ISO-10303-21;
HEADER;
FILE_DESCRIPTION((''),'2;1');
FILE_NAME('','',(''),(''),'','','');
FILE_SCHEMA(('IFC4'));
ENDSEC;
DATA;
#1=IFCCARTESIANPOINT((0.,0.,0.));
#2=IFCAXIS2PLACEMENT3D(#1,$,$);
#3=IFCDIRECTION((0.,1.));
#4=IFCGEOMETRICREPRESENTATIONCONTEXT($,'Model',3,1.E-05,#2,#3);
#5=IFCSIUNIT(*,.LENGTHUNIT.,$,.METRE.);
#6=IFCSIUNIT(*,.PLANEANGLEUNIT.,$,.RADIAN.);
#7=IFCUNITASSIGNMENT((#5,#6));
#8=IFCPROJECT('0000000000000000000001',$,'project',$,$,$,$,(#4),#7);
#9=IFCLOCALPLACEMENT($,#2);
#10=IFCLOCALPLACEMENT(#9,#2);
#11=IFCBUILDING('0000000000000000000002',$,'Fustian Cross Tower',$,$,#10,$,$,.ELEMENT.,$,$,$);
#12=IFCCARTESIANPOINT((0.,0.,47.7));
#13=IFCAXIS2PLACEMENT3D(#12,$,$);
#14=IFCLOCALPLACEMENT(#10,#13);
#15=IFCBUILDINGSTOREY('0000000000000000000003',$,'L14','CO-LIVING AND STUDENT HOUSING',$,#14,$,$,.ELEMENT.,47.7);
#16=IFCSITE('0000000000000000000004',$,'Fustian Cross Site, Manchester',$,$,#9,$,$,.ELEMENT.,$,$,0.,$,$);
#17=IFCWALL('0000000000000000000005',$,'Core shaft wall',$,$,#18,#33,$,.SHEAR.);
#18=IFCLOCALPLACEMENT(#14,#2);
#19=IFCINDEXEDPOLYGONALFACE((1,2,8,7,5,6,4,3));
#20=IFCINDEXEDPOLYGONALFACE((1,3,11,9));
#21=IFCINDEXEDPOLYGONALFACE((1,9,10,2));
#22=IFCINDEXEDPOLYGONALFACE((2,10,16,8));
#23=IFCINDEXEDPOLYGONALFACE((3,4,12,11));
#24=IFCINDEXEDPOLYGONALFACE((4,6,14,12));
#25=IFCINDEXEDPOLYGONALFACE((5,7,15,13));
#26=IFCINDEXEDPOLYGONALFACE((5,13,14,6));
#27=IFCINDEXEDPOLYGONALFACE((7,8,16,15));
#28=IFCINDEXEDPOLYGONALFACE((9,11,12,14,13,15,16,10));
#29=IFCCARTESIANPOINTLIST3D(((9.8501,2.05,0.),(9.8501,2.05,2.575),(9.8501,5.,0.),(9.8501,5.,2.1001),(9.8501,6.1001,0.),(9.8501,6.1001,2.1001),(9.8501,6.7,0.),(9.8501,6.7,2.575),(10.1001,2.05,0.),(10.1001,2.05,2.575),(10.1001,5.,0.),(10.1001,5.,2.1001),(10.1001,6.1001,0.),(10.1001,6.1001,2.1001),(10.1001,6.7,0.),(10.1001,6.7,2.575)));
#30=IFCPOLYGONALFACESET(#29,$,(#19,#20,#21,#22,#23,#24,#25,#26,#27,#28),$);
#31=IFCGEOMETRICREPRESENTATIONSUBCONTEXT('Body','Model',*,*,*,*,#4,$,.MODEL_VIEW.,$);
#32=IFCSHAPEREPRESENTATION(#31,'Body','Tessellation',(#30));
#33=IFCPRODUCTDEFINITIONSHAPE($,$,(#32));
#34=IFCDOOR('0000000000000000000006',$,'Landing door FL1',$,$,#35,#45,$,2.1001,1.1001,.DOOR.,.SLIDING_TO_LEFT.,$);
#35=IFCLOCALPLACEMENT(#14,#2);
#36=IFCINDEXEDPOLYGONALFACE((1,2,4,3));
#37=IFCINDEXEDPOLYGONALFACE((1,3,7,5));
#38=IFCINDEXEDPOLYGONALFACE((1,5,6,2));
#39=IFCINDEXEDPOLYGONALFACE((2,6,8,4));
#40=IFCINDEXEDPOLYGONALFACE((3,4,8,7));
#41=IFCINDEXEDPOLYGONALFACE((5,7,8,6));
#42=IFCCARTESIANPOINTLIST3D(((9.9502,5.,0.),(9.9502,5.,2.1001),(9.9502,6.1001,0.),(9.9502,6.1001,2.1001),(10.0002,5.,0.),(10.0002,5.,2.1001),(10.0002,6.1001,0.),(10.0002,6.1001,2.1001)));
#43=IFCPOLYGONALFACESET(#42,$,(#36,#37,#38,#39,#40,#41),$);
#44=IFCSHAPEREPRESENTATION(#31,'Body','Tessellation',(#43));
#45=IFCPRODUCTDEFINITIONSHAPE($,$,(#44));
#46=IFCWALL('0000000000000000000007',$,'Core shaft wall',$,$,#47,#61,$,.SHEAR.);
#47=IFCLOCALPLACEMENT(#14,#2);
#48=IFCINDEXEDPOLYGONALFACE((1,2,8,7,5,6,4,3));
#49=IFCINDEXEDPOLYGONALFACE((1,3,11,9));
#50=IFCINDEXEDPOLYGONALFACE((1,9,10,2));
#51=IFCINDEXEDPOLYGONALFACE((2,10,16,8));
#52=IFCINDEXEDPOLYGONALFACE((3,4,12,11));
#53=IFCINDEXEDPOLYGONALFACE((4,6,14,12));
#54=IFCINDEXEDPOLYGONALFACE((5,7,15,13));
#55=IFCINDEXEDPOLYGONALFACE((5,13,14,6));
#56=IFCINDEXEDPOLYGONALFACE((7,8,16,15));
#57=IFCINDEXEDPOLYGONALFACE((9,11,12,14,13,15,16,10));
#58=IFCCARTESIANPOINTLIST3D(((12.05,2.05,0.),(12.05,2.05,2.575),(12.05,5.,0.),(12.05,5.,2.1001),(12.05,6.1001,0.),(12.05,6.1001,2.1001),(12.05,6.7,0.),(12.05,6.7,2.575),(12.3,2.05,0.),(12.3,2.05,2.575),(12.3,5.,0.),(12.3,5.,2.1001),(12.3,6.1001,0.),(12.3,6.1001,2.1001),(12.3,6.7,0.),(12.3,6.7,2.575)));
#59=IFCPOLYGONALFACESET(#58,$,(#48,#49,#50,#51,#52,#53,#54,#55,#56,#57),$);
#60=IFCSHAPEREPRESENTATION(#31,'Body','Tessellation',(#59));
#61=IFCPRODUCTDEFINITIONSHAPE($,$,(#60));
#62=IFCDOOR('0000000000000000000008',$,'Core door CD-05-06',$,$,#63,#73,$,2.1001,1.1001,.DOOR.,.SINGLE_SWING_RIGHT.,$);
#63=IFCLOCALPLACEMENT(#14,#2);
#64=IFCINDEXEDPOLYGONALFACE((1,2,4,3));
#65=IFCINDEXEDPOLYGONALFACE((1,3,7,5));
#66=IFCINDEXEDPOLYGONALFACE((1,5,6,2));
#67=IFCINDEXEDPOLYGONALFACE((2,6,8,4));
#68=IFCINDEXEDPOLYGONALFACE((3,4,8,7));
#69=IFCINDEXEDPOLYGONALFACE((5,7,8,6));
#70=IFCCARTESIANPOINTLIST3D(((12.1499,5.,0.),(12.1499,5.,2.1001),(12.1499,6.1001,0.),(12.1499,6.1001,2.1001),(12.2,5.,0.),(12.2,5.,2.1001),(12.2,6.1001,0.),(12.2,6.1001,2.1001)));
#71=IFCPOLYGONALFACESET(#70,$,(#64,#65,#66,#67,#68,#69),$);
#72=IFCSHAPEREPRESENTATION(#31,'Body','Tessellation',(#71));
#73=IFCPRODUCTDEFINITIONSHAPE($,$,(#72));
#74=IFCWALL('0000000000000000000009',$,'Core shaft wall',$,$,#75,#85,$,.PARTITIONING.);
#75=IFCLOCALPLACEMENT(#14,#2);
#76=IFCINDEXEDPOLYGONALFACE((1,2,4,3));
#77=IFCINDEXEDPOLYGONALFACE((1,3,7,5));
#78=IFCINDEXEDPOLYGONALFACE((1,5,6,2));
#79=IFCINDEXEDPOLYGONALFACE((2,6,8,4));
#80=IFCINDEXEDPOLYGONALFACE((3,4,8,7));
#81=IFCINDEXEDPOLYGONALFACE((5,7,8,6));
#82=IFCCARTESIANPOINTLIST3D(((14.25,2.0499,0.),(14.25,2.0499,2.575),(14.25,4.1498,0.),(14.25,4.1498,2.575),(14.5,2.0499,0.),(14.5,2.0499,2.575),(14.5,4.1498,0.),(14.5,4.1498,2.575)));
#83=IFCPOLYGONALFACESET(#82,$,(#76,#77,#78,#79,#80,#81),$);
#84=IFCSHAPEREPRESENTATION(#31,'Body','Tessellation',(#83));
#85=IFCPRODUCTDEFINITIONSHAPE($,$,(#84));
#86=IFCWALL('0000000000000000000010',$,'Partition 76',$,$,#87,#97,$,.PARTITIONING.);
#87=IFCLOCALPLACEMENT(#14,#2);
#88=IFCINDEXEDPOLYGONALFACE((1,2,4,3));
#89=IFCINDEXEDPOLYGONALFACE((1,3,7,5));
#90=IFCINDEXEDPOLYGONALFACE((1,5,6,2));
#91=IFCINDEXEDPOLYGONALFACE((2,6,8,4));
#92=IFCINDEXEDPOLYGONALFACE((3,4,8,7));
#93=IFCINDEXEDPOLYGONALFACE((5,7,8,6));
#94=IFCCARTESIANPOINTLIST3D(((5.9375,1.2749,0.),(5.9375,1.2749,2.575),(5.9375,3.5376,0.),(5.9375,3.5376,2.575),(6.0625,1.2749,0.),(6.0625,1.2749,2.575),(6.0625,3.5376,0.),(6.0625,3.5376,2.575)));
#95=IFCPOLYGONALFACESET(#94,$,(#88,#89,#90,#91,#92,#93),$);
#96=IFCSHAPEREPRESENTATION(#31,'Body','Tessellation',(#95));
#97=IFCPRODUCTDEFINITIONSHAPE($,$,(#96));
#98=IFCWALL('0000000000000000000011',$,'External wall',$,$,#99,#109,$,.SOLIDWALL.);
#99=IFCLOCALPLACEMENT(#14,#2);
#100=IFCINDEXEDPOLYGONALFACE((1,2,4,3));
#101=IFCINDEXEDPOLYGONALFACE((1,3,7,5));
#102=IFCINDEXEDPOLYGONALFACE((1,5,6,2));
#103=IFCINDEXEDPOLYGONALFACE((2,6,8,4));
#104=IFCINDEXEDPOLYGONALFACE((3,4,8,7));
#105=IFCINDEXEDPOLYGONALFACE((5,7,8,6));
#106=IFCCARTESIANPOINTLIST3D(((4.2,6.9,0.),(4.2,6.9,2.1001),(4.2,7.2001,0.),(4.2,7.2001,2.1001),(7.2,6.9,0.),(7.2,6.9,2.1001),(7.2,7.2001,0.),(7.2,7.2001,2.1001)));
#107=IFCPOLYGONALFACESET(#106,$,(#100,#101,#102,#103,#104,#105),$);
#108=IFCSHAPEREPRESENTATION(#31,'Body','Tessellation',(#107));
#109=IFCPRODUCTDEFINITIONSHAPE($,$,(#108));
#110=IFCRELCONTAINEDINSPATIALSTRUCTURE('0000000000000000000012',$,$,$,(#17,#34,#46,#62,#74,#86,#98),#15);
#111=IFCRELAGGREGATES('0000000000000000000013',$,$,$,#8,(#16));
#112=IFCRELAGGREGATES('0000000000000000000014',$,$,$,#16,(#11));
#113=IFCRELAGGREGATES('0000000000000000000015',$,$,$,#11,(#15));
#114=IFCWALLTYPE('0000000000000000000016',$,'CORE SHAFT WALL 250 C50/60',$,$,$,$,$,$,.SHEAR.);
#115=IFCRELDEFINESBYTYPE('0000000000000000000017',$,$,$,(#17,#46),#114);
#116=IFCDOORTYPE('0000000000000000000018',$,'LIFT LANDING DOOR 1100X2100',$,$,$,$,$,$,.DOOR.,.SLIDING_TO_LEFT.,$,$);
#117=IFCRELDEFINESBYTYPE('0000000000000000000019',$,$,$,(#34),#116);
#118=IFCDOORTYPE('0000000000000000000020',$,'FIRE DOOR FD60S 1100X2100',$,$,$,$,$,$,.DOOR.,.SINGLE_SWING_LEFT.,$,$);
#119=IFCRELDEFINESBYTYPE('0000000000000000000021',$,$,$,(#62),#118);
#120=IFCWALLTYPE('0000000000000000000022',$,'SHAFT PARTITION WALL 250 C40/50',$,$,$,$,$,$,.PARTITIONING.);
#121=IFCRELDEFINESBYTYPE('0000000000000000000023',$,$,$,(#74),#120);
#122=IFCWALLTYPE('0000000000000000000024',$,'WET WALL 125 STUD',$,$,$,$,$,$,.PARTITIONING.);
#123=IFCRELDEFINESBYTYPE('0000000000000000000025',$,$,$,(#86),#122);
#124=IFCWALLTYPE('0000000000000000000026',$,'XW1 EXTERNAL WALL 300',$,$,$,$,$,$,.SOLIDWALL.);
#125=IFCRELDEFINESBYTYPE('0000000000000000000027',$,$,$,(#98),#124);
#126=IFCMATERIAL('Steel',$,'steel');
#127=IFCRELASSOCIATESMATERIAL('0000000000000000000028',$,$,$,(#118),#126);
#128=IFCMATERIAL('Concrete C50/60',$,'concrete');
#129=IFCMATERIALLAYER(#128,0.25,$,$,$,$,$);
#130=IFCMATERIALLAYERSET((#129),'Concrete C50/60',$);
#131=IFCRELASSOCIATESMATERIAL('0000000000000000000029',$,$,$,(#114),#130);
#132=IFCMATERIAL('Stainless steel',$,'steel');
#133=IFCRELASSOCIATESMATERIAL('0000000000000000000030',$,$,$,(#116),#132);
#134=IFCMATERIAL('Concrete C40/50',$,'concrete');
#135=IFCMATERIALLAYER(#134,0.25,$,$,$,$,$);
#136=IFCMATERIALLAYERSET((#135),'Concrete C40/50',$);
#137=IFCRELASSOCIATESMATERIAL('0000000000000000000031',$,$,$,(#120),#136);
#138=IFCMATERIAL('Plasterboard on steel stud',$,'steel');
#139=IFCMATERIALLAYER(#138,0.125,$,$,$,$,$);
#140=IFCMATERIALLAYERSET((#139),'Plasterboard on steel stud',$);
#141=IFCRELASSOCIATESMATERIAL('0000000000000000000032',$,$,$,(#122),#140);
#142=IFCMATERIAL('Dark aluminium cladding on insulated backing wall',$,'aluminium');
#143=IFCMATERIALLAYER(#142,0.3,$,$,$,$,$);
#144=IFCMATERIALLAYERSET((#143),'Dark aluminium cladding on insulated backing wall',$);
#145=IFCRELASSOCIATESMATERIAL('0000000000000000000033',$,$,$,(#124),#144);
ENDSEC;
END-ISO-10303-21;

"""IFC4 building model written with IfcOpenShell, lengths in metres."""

from ifc_helpers import new_model, si_unit, direction, frame, frame_2d, origin, place, context, subcontext, project, spatial, rectangle, extrude, material, layer, layer_set, type_object, element, fill, save


model = new_model("IFC4")

# Units and contexts
model_context = context("Model", 3, precision=1e-05, world=origin(), true_north=direction((0.0, 1.0)))
body_context = subcontext(model_context, "Body", "Model", "MODEL_VIEW")
ifc_project = project(units=[si_unit("LENGTHUNIT", "METRE"), si_unit("PLANEANGLEUNIT", "RADIAN")], contexts=[model_context])

# Site, building, storey
site_placement = place(None, origin())
site = spatial("IfcSite", under=ifc_project, at=site_placement, Name="Fustian Cross Site, Manchester", CompositionType="ELEMENT", RefElevation=0.0)
building_placement = place(site_placement, origin())
building = spatial("IfcBuilding", under=site, at=building_placement, Name="Fustian Cross Tower", CompositionType="ELEMENT")
storey_placement = place(building_placement, frame((0.0, 0.0, 47.7)))
storey = spatial("IfcBuildingStorey", under=building, at=storey_placement, Name="L14", Description="CO-LIVING AND STUDENT HOUSING", CompositionType="ELEMENT", Elevation=47.7)

# Shared definitions
ifc_material_1 = material(Name="Steel", Category="steel")
door_type_1 = type_object("IfcDoorType", Name="FIRE DOOR FD60S 1100X2100", OperationType="SINGLE_SWING_LEFT", PredefinedType="DOOR", material=ifc_material_1)

# Shared definitions
ifc_material_2 = material(Name="Concrete C50/60", Category="concrete")
ifc_layer_1 = layer(ifc_material_2, 0.25)
ifc_layer_set_1 = layer_set([ifc_layer_1], Name="Concrete C50/60")
wall_type_1 = type_object("IfcWallType", Name="CORE SHAFT WALL 250 C50/60", PredefinedType="SHEAR", material=ifc_layer_set_1)

# Walls, openings, doors
wall_1_placement = place(storey_placement, frame((9.9751, 2.05, 0.0), z_axis=(0.0, 0.0, 1.0), x_axis=(0.0, 1.0, 0.0)))
wall_1 = element("IfcWall", 1, at=wall_1_placement, inside=storey, type_object=wall_type_1, Name="Core shaft wall", PredefinedType="SHEAR", context=body_context, shape_type="SweptSolid", body=[
    extrude(rectangle(XDim=4.6499, YDim=0.25, at=frame_2d((2.325, 0.0))), origin(), (0.0, 0.0, 1.0), 2.575),
])
opening_1_placement = place(wall_1_placement, frame((2.95, 0.0, 0.0)))
opening_1 = element("IfcOpeningElement", 2, at=opening_1_placement, cuts=wall_1, PredefinedType="OPENING", context=body_context, shape_type="SweptSolid", body=[
    extrude(rectangle(XDim=1.1001, YDim=2.1001, at=frame_2d((0.55, 1.05))), frame((0.0, 0.135, 0.0), z_axis=(0.0, -1.0, 0.0), x_axis=(1.0, 0.0, 0.0)), (0.0, 0.0, 1.0), 0.27),
])
ifc_material_3 = material(Name="Stainless steel", Category="steel")
door_type_2 = type_object("IfcDoorType", Name="LIFT LANDING DOOR 1100X2100", OperationType="SLIDING_TO_LEFT", PredefinedType="DOOR", material=ifc_material_3)
door_1_placement = place(opening_1_placement, origin())
door_1 = element("IfcDoor", 3, at=door_1_placement, inside=storey, type_object=door_type_2, Name="Landing door FL1", OperationType="SLIDING_TO_LEFT", OverallHeight=2.1001, OverallWidth=1.1001, PredefinedType="DOOR", context=body_context, shape_type="SweptSolid", body=[
    extrude(rectangle(XDim=1.1001, YDim=2.1001, at=frame_2d((0.55, 1.05))), frame((0.0, 0.0249, 0.0), z_axis=(0.0, -1.0, 0.0), x_axis=(1.0, 0.0, 0.0)), (0.0, 0.0, 1.0), 0.05),
])
fill(opening_1, door_1)
wall_2_placement = place(storey_placement, frame((12.175, 2.05, 0.0), z_axis=(0.0, 0.0, 1.0), x_axis=(0.0, 1.0, 0.0)))
wall_2 = element("IfcWall", 4, at=wall_2_placement, inside=storey, type_object=wall_type_1, Name="Core shaft wall", PredefinedType="SHEAR", context=body_context, shape_type="SweptSolid", body=[
    extrude(rectangle(XDim=4.6499, YDim=0.25, at=frame_2d((2.325, 0.0))), origin(), (0.0, 0.0, 1.0), 2.575),
])
opening_2_placement = place(wall_2_placement, frame((2.95, 0.0, 0.0)))
opening_2 = element("IfcOpeningElement", 5, at=opening_2_placement, cuts=wall_2, PredefinedType="OPENING", context=body_context, shape_type="SweptSolid", body=[
    extrude(rectangle(XDim=1.1001, YDim=2.1001, at=frame_2d((0.55, 1.05))), frame((0.0, 0.135, 0.0), z_axis=(0.0, -1.0, 0.0), x_axis=(1.0, 0.0, 0.0)), (0.0, 0.0, 1.0), 0.27),
])
door_2_placement = place(opening_2_placement, frame((1.1001, 0.0, 0.0), z_axis=(0.0, 0.0, 1.0), x_axis=(-1.0, 0.0, 0.0)))
door_2 = element("IfcDoor", 6, at=door_2_placement, inside=storey, type_object=door_type_1, Name="Core door CD-05-06", OperationType="SINGLE_SWING_RIGHT", OverallHeight=2.1001, OverallWidth=1.1001, PredefinedType="DOOR", context=body_context, shape_type="SweptSolid", body=[
    extrude(rectangle(XDim=1.1001, YDim=2.1001, at=frame_2d((0.55, 1.05))), frame((0.0, 0.0249, 0.0), z_axis=(0.0, -1.0, 0.0), x_axis=(1.0, 0.0, 0.0)), (0.0, 0.0, 1.0), 0.05),
])
fill(opening_2, door_2)

# Walls
ifc_material_4 = material(Name="Concrete C40/50", Category="concrete")
ifc_layer_2 = layer(ifc_material_4, 0.25)
ifc_layer_set_2 = layer_set([ifc_layer_2], Name="Concrete C40/50")
wall_type_2 = type_object("IfcWallType", Name="SHAFT PARTITION WALL 250 C40/50", PredefinedType="PARTITIONING", material=ifc_layer_set_2)
wall_3_placement = place(storey_placement, frame((14.375, 2.05, 0.0), z_axis=(0.0, 0.0, 1.0), x_axis=(0.0, 1.0, 0.0)))
element("IfcWall", 7, at=wall_3_placement, inside=storey, type_object=wall_type_2, Name="Core shaft wall", PredefinedType="PARTITIONING", context=body_context, shape_type="SweptSolid", body=[
    extrude(rectangle(XDim=2.0999, YDim=0.25, at=frame_2d((1.0498, 0.0))), origin(), (0.0, 0.0, 1.0), 2.575),
])
ifc_material_5 = material(Name="Plasterboard on steel stud", Category="steel")
ifc_layer_3 = layer(ifc_material_5, 0.125)
ifc_layer_set_3 = layer_set([ifc_layer_3], Name="Plasterboard on steel stud")
wall_type_3 = type_object("IfcWallType", Name="WET WALL 125 STUD", PredefinedType="PARTITIONING", material=ifc_layer_set_3)
wall_4_placement = place(storey_placement, frame((6.0, 1.2749, 0.0), z_axis=(0.0, 0.0, 1.0), x_axis=(0.0, 1.0, 0.0)))
element("IfcWall", 8, at=wall_4_placement, inside=storey, type_object=wall_type_3, Name="Partition 76", PredefinedType="PARTITIONING", context=body_context, shape_type="SweptSolid", body=[
    extrude(rectangle(XDim=2.2627, YDim=0.125, at=frame_2d((1.1313, 0.0))), origin(), (0.0, 0.0, 1.0), 2.575),
])
ifc_material_6 = material(Name="Dark aluminium cladding on insulated backing wall", Category="aluminium")
ifc_layer_4 = layer(ifc_material_6, 0.3)
ifc_layer_set_4 = layer_set([ifc_layer_4], Name="Dark aluminium cladding on insulated backing wall")
wall_type_4 = type_object("IfcWallType", Name="XW1 EXTERNAL WALL 300", PredefinedType="SOLIDWALL", material=ifc_layer_set_4)
wall_5_placement = place(storey_placement, frame((7.2, 7.05, 0.0), z_axis=(0.0, 0.0, 1.0), x_axis=(-1.0, 0.0, 0.0)))
element("IfcWall", 9, at=wall_5_placement, inside=storey, type_object=wall_type_4, Name="External wall", PredefinedType="SOLIDWALL", context=body_context, shape_type="SweptSolid", body=[
    extrude(rectangle(XDim=3.0, YDim=0.3, at=frame_2d((1.5, 0.0))), origin(), (0.0, 0.0, 1.0), 2.1001),
])

save(model, "model.ifc")
